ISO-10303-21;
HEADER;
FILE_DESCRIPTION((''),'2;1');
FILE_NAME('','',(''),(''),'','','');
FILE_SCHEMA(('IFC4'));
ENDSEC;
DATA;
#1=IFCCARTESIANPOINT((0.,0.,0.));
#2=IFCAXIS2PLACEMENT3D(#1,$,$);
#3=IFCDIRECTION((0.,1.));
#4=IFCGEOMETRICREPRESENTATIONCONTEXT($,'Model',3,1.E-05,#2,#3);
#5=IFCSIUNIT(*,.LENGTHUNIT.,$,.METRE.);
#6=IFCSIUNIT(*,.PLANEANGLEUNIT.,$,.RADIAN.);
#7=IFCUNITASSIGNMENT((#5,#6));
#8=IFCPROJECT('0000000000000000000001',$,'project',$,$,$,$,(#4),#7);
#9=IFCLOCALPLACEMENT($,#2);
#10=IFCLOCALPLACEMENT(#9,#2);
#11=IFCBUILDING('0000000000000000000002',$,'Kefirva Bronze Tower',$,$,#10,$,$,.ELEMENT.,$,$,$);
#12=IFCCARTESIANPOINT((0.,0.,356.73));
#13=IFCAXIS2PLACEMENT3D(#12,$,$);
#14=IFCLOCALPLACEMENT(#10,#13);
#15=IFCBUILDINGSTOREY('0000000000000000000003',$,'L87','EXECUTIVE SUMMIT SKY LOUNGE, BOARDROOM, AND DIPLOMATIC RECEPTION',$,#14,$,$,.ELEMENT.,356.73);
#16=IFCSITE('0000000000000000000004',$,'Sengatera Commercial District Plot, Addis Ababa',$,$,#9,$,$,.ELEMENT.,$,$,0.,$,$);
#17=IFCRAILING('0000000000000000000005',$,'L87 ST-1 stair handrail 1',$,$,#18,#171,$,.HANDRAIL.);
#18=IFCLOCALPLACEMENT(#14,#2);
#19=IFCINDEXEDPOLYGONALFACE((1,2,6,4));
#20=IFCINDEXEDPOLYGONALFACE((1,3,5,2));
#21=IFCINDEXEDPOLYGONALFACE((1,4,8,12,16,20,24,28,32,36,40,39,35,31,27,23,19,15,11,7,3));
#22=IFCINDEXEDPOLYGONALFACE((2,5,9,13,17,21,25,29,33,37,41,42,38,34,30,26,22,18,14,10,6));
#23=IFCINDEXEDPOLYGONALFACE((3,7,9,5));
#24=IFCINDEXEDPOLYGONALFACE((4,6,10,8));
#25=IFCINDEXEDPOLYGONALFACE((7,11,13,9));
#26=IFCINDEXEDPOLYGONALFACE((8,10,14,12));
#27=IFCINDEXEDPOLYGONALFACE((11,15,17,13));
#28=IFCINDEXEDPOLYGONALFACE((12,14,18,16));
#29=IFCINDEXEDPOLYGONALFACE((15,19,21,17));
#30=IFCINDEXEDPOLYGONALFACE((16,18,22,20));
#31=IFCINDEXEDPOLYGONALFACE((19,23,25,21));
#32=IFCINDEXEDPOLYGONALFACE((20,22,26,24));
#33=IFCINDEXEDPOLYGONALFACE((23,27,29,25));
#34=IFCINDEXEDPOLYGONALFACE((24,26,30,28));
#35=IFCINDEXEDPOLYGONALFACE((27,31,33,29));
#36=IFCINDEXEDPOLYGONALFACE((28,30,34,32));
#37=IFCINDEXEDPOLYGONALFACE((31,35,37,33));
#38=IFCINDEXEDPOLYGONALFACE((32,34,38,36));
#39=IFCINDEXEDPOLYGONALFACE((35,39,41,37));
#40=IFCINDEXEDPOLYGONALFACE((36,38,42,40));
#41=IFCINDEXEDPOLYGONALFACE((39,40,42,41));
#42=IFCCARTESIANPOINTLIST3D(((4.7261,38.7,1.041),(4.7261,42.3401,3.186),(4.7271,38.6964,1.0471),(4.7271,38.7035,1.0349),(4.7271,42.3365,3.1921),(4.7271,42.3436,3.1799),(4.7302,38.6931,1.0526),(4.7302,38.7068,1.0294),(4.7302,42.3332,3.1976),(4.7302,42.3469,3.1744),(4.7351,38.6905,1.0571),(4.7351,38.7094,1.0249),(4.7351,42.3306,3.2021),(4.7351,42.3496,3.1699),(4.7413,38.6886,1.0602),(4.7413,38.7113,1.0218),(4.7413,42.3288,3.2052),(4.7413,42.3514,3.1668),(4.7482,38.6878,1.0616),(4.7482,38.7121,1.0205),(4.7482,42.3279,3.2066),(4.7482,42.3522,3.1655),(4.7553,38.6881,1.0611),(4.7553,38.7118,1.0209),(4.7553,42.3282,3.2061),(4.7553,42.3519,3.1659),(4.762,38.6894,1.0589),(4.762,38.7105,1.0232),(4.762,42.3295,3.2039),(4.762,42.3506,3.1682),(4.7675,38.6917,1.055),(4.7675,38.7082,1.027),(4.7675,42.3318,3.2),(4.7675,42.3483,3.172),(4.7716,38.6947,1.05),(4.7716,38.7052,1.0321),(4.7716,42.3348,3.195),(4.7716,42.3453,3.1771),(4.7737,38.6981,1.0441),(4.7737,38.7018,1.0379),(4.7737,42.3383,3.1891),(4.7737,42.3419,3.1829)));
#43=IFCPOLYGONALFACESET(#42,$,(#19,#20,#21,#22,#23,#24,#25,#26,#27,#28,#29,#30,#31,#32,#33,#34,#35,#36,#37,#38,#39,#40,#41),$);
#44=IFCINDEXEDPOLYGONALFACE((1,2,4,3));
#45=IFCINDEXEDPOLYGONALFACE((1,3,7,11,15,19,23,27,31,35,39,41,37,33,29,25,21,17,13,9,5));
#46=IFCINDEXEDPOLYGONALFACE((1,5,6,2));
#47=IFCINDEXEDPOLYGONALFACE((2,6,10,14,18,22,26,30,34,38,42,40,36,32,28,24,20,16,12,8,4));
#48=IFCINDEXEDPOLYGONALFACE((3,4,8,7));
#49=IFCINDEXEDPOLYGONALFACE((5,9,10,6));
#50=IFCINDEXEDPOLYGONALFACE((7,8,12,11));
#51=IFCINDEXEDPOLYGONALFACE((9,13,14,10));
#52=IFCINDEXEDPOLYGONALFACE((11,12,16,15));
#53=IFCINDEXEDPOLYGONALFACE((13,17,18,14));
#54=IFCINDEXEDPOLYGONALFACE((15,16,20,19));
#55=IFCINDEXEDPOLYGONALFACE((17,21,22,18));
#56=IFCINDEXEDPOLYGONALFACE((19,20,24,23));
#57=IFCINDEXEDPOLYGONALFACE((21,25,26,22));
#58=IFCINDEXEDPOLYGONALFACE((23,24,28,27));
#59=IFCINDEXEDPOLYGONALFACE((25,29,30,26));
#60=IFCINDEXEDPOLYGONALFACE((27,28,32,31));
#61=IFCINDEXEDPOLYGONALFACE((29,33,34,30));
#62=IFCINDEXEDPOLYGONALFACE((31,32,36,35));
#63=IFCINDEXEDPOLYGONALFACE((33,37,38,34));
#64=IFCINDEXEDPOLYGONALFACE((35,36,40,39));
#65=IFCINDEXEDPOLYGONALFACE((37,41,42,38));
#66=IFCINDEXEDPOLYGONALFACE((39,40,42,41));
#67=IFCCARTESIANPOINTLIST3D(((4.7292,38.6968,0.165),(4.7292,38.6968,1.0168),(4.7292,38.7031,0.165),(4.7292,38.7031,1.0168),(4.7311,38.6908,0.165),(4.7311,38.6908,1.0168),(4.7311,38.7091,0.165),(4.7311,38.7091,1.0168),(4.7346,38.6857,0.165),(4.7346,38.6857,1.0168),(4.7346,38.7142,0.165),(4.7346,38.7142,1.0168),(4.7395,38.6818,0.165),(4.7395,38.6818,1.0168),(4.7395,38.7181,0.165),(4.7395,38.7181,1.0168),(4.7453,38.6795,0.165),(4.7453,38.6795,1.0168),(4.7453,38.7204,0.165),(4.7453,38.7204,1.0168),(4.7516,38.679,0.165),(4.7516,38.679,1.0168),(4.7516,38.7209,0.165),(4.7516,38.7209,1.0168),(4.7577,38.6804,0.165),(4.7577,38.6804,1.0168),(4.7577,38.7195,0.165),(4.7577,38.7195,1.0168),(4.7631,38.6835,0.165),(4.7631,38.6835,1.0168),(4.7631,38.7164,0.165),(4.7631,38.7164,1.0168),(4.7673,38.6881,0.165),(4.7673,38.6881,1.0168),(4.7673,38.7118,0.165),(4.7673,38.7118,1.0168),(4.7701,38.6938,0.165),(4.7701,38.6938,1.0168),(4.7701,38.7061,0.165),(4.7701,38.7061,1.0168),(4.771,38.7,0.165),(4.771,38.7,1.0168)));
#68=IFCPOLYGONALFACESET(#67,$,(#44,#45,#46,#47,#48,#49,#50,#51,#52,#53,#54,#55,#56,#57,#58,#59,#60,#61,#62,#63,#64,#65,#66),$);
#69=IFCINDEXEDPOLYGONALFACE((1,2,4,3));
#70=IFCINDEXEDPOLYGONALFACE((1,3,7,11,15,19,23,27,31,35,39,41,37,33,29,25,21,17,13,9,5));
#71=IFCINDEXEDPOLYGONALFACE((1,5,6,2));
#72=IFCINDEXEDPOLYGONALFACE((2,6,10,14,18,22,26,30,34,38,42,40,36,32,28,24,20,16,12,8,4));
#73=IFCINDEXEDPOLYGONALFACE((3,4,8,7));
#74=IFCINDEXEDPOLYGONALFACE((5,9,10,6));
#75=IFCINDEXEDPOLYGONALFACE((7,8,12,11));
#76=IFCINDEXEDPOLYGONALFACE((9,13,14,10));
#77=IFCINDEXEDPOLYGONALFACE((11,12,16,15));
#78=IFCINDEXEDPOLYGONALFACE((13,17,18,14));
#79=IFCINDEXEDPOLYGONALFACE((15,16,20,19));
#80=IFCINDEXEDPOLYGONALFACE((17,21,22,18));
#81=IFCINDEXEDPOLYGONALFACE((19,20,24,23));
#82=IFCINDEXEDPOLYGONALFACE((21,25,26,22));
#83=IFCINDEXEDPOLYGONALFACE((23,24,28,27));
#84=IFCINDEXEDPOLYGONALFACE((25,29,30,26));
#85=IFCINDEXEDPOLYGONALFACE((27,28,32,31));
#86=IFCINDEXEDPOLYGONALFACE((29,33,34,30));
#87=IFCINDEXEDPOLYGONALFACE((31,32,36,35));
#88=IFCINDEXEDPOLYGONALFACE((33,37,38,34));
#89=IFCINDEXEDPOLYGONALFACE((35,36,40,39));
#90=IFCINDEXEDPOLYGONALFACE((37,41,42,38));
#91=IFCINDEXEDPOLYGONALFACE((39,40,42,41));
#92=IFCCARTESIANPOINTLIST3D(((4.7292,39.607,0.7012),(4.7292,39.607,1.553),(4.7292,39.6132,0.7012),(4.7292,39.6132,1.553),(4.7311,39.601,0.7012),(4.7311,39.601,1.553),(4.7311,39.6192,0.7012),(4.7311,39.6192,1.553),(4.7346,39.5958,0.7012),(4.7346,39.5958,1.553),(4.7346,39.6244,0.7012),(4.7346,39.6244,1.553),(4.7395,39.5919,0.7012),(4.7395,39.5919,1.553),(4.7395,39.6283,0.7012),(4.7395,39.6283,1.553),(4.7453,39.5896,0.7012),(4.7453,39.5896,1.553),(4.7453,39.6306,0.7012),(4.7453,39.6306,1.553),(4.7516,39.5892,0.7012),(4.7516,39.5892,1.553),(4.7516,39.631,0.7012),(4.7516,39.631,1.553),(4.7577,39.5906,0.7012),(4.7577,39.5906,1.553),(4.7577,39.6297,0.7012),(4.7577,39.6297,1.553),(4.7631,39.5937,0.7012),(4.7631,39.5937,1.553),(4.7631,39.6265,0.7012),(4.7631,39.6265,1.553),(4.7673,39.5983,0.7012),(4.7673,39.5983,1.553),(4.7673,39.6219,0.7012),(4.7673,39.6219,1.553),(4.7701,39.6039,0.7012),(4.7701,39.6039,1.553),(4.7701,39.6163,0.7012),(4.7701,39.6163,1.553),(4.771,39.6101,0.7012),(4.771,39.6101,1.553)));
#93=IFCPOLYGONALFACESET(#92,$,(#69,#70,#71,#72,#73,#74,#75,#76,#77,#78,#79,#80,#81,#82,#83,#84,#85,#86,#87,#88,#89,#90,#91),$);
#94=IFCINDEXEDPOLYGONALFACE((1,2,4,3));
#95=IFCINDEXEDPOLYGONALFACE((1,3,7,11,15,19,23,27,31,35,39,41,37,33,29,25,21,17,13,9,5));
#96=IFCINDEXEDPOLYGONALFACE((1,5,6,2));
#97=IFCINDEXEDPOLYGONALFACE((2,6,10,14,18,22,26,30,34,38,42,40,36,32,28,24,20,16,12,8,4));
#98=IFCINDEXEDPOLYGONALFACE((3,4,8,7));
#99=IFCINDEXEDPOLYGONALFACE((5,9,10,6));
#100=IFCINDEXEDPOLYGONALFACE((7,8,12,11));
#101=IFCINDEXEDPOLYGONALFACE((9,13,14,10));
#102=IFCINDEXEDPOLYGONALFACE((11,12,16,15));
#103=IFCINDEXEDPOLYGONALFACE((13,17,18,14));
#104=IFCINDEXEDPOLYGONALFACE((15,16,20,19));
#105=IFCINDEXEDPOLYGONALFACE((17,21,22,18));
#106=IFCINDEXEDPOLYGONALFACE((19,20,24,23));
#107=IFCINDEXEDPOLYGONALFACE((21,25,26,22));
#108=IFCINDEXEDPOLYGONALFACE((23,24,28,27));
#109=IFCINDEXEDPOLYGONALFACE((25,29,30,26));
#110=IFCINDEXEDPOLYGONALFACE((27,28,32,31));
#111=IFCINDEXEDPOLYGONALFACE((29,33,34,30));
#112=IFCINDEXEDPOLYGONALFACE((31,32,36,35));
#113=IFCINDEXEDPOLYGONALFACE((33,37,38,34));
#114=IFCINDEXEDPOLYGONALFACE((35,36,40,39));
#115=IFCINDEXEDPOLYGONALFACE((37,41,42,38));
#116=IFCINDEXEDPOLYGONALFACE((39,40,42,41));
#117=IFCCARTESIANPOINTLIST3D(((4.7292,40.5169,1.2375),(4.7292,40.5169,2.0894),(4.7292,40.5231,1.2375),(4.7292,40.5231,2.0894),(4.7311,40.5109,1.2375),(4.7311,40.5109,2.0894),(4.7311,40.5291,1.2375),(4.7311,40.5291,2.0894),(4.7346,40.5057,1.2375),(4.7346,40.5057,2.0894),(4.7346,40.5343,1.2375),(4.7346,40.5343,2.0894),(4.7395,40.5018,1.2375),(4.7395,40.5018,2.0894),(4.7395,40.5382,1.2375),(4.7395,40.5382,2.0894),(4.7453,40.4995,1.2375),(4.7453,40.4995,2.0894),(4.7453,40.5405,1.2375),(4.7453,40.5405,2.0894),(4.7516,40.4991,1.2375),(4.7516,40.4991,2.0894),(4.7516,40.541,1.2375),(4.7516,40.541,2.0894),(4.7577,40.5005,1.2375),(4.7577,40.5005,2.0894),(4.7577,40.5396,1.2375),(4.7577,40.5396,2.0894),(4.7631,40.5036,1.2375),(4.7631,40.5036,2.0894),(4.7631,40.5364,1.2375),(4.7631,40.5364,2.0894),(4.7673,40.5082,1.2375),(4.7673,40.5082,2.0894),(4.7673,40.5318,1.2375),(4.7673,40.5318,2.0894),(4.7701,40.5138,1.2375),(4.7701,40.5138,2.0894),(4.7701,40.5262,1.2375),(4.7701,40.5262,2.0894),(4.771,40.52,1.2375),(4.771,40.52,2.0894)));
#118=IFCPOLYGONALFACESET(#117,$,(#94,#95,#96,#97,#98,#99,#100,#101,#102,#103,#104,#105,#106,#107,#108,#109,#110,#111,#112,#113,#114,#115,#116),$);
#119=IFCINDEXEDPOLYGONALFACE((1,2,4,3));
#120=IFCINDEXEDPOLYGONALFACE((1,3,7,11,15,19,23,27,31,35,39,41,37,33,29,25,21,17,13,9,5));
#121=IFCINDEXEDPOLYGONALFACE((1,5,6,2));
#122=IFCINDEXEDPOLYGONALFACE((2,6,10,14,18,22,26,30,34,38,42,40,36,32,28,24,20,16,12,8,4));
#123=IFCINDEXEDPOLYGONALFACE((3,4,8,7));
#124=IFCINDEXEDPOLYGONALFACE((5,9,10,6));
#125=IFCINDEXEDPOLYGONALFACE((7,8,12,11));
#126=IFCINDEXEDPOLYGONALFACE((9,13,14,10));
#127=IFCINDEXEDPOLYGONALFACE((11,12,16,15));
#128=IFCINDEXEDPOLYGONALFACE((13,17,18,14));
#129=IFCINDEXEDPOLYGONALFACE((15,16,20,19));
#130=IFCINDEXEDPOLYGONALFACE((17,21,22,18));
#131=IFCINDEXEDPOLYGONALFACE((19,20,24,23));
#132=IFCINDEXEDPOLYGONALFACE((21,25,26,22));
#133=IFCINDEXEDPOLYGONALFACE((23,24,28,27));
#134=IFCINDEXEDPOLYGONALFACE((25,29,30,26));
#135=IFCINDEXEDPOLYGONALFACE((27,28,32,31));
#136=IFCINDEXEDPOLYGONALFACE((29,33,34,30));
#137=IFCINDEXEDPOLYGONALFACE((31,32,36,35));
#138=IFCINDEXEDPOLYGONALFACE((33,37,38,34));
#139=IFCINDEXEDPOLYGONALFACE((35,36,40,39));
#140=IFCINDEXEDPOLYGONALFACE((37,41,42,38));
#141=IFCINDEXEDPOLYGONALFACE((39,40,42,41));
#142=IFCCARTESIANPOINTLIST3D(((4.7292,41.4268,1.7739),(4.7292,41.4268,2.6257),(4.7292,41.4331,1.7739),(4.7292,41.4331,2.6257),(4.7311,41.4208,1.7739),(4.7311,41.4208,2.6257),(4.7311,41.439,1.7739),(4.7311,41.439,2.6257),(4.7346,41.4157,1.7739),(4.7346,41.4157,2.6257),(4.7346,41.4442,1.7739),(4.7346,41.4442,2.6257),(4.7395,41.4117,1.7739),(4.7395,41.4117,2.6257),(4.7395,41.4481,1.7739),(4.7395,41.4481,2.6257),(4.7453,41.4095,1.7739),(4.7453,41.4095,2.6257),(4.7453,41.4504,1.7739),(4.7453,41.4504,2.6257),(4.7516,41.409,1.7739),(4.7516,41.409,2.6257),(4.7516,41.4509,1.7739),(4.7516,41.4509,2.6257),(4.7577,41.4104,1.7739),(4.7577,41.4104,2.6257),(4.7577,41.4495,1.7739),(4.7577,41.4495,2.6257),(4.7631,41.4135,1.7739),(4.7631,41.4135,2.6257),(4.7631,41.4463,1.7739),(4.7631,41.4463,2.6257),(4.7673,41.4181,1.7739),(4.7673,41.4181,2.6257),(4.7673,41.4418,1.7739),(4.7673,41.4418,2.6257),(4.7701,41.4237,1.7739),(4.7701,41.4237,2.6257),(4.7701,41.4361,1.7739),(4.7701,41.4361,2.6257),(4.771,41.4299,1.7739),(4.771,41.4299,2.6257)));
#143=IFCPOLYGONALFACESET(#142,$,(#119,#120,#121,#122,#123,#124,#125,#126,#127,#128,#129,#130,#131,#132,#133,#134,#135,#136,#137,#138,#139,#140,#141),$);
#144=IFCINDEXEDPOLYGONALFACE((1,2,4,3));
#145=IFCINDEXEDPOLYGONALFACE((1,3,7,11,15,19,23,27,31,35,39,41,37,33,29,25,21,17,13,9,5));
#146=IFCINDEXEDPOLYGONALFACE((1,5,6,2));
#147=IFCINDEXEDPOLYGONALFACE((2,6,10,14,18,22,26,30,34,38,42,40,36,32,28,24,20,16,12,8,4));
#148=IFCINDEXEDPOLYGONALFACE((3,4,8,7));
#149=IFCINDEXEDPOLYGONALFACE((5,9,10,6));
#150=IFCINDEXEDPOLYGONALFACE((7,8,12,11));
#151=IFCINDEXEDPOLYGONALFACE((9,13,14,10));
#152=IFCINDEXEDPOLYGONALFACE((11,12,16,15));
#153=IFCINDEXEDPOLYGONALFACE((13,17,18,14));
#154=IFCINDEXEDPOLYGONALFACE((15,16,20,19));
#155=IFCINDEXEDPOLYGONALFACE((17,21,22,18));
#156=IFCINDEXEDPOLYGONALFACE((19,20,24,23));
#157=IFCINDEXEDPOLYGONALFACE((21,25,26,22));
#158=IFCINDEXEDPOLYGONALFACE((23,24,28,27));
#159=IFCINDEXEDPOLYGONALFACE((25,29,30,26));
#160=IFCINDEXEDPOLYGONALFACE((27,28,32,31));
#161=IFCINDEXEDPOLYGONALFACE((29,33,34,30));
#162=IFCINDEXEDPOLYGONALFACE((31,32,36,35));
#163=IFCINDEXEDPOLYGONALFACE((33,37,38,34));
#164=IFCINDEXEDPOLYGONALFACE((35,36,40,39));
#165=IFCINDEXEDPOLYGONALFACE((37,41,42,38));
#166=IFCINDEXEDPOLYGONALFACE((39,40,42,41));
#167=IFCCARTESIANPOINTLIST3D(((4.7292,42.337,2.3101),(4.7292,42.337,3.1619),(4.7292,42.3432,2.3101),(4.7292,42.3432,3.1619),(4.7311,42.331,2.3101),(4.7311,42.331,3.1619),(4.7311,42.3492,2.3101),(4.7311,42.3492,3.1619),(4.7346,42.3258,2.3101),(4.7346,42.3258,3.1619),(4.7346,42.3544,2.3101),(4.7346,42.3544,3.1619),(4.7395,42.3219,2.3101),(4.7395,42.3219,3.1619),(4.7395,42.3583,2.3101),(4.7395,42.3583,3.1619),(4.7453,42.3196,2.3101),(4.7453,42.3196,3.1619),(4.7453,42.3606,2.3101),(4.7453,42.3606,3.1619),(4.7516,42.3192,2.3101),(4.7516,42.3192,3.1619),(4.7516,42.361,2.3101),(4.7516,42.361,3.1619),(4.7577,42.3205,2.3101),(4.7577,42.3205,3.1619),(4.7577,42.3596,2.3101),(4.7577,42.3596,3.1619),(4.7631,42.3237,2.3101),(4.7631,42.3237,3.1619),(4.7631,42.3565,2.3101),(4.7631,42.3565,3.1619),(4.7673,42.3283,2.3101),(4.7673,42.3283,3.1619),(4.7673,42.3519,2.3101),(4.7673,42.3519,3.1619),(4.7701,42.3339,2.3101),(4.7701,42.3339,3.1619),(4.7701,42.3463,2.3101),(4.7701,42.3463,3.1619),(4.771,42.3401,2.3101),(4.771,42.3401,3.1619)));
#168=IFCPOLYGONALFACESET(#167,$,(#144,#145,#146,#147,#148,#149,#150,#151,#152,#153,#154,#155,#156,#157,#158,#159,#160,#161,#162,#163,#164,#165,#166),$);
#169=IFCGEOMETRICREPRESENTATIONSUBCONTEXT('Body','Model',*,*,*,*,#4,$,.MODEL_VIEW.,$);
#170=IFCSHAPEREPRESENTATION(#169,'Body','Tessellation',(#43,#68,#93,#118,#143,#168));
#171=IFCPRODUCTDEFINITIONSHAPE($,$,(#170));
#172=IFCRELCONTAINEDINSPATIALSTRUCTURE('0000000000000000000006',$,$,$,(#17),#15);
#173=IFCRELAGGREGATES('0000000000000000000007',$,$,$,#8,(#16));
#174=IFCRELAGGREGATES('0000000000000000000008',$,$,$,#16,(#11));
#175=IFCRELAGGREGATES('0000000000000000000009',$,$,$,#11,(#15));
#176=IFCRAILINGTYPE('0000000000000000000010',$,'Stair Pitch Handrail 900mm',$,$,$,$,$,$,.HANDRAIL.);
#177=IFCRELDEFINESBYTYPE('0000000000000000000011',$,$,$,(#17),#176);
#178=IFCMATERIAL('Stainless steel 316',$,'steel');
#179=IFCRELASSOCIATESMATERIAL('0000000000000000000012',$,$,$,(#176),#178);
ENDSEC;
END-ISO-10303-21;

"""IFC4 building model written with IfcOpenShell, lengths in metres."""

from ifc_helpers import new_model, si_unit, direction, frame, origin, origin_2d, place, context, subcontext, project, spatial, circle, extrude, material, type_object, element, save


model = new_model("IFC4")

# Units and contexts
model_context = context("Model", 3, precision=1e-05, world=origin(), true_north=direction((0.0, 1.0)))
body_context = subcontext(model_context, "Body", "Model", "MODEL_VIEW")
ifc_project = project(units=[si_unit("LENGTHUNIT", "METRE"), si_unit("PLANEANGLEUNIT", "RADIAN")], contexts=[model_context])

# Site, building, storey
site_placement = place(None, origin())
site = spatial("IfcSite", under=ifc_project, at=site_placement, Name="Sengatera Commercial District Plot, Addis Ababa", CompositionType="ELEMENT", RefElevation=0.0)
building_placement = place(site_placement, origin())
building = spatial("IfcBuilding", under=site, at=building_placement, Name="Kefirva Bronze Tower", CompositionType="ELEMENT")
storey_placement = place(building_placement, frame((0.0, 0.0, 356.73)))
storey = spatial("IfcBuildingStorey", under=building, at=storey_placement, Name="L87", Description="EXECUTIVE SUMMIT SKY LOUNGE, BOARDROOM, AND DIPLOMATIC RECEPTION", CompositionType="ELEMENT", Elevation=356.73)

# Railing
ifc_material_1 = material(Name="Stainless steel 316", Category="steel")
railing_type_1 = type_object("IfcRailingType", Name="Stair Pitch Handrail 900mm", PredefinedType="HANDRAIL", material=ifc_material_1)
railing_1_placement = place(storey_placement, frame((4.75, 38.7, 0.165)))
element("IfcRailing", 1, at=railing_1_placement, inside=storey, type_object=railing_type_1, Name="L87 ST-1 stair handrail 1", PredefinedType="HANDRAIL", context=body_context, shape_type="SweptSolid", body=[
    extrude(circle(Radius=0.0239, at=origin_2d()), frame((0.0, 0.0, 0.876), z_axis=(0.0, 0.861545, 0.507682), x_axis=(-1.0, 0.0, 0.0)), (0.0, 0.0, 1.0), 4.2251),
    extrude(circle(Radius=0.021, at=origin_2d()), origin(), (0.0, 0.0, 1.0), 0.8518),
    extrude(circle(Radius=0.021, at=origin_2d()), frame((0.0, 0.9102, 0.5361)), (0.0, 0.0, 1.0), 0.8518),
    extrude(circle(Radius=0.021, at=origin_2d()), frame((0.0, 1.8201, 1.0725)), (0.0, 0.0, 1.0), 0.8518),
    extrude(circle(Radius=0.021, at=origin_2d()), frame((0.0, 2.73, 1.6089)), (0.0, 0.0, 1.0), 0.8518),
    extrude(circle(Radius=0.021, at=origin_2d()), frame((0.0, 3.6401, 2.145)), (0.0, 0.0, 1.0), 0.8518),
])

save(model, "model.ifc")
